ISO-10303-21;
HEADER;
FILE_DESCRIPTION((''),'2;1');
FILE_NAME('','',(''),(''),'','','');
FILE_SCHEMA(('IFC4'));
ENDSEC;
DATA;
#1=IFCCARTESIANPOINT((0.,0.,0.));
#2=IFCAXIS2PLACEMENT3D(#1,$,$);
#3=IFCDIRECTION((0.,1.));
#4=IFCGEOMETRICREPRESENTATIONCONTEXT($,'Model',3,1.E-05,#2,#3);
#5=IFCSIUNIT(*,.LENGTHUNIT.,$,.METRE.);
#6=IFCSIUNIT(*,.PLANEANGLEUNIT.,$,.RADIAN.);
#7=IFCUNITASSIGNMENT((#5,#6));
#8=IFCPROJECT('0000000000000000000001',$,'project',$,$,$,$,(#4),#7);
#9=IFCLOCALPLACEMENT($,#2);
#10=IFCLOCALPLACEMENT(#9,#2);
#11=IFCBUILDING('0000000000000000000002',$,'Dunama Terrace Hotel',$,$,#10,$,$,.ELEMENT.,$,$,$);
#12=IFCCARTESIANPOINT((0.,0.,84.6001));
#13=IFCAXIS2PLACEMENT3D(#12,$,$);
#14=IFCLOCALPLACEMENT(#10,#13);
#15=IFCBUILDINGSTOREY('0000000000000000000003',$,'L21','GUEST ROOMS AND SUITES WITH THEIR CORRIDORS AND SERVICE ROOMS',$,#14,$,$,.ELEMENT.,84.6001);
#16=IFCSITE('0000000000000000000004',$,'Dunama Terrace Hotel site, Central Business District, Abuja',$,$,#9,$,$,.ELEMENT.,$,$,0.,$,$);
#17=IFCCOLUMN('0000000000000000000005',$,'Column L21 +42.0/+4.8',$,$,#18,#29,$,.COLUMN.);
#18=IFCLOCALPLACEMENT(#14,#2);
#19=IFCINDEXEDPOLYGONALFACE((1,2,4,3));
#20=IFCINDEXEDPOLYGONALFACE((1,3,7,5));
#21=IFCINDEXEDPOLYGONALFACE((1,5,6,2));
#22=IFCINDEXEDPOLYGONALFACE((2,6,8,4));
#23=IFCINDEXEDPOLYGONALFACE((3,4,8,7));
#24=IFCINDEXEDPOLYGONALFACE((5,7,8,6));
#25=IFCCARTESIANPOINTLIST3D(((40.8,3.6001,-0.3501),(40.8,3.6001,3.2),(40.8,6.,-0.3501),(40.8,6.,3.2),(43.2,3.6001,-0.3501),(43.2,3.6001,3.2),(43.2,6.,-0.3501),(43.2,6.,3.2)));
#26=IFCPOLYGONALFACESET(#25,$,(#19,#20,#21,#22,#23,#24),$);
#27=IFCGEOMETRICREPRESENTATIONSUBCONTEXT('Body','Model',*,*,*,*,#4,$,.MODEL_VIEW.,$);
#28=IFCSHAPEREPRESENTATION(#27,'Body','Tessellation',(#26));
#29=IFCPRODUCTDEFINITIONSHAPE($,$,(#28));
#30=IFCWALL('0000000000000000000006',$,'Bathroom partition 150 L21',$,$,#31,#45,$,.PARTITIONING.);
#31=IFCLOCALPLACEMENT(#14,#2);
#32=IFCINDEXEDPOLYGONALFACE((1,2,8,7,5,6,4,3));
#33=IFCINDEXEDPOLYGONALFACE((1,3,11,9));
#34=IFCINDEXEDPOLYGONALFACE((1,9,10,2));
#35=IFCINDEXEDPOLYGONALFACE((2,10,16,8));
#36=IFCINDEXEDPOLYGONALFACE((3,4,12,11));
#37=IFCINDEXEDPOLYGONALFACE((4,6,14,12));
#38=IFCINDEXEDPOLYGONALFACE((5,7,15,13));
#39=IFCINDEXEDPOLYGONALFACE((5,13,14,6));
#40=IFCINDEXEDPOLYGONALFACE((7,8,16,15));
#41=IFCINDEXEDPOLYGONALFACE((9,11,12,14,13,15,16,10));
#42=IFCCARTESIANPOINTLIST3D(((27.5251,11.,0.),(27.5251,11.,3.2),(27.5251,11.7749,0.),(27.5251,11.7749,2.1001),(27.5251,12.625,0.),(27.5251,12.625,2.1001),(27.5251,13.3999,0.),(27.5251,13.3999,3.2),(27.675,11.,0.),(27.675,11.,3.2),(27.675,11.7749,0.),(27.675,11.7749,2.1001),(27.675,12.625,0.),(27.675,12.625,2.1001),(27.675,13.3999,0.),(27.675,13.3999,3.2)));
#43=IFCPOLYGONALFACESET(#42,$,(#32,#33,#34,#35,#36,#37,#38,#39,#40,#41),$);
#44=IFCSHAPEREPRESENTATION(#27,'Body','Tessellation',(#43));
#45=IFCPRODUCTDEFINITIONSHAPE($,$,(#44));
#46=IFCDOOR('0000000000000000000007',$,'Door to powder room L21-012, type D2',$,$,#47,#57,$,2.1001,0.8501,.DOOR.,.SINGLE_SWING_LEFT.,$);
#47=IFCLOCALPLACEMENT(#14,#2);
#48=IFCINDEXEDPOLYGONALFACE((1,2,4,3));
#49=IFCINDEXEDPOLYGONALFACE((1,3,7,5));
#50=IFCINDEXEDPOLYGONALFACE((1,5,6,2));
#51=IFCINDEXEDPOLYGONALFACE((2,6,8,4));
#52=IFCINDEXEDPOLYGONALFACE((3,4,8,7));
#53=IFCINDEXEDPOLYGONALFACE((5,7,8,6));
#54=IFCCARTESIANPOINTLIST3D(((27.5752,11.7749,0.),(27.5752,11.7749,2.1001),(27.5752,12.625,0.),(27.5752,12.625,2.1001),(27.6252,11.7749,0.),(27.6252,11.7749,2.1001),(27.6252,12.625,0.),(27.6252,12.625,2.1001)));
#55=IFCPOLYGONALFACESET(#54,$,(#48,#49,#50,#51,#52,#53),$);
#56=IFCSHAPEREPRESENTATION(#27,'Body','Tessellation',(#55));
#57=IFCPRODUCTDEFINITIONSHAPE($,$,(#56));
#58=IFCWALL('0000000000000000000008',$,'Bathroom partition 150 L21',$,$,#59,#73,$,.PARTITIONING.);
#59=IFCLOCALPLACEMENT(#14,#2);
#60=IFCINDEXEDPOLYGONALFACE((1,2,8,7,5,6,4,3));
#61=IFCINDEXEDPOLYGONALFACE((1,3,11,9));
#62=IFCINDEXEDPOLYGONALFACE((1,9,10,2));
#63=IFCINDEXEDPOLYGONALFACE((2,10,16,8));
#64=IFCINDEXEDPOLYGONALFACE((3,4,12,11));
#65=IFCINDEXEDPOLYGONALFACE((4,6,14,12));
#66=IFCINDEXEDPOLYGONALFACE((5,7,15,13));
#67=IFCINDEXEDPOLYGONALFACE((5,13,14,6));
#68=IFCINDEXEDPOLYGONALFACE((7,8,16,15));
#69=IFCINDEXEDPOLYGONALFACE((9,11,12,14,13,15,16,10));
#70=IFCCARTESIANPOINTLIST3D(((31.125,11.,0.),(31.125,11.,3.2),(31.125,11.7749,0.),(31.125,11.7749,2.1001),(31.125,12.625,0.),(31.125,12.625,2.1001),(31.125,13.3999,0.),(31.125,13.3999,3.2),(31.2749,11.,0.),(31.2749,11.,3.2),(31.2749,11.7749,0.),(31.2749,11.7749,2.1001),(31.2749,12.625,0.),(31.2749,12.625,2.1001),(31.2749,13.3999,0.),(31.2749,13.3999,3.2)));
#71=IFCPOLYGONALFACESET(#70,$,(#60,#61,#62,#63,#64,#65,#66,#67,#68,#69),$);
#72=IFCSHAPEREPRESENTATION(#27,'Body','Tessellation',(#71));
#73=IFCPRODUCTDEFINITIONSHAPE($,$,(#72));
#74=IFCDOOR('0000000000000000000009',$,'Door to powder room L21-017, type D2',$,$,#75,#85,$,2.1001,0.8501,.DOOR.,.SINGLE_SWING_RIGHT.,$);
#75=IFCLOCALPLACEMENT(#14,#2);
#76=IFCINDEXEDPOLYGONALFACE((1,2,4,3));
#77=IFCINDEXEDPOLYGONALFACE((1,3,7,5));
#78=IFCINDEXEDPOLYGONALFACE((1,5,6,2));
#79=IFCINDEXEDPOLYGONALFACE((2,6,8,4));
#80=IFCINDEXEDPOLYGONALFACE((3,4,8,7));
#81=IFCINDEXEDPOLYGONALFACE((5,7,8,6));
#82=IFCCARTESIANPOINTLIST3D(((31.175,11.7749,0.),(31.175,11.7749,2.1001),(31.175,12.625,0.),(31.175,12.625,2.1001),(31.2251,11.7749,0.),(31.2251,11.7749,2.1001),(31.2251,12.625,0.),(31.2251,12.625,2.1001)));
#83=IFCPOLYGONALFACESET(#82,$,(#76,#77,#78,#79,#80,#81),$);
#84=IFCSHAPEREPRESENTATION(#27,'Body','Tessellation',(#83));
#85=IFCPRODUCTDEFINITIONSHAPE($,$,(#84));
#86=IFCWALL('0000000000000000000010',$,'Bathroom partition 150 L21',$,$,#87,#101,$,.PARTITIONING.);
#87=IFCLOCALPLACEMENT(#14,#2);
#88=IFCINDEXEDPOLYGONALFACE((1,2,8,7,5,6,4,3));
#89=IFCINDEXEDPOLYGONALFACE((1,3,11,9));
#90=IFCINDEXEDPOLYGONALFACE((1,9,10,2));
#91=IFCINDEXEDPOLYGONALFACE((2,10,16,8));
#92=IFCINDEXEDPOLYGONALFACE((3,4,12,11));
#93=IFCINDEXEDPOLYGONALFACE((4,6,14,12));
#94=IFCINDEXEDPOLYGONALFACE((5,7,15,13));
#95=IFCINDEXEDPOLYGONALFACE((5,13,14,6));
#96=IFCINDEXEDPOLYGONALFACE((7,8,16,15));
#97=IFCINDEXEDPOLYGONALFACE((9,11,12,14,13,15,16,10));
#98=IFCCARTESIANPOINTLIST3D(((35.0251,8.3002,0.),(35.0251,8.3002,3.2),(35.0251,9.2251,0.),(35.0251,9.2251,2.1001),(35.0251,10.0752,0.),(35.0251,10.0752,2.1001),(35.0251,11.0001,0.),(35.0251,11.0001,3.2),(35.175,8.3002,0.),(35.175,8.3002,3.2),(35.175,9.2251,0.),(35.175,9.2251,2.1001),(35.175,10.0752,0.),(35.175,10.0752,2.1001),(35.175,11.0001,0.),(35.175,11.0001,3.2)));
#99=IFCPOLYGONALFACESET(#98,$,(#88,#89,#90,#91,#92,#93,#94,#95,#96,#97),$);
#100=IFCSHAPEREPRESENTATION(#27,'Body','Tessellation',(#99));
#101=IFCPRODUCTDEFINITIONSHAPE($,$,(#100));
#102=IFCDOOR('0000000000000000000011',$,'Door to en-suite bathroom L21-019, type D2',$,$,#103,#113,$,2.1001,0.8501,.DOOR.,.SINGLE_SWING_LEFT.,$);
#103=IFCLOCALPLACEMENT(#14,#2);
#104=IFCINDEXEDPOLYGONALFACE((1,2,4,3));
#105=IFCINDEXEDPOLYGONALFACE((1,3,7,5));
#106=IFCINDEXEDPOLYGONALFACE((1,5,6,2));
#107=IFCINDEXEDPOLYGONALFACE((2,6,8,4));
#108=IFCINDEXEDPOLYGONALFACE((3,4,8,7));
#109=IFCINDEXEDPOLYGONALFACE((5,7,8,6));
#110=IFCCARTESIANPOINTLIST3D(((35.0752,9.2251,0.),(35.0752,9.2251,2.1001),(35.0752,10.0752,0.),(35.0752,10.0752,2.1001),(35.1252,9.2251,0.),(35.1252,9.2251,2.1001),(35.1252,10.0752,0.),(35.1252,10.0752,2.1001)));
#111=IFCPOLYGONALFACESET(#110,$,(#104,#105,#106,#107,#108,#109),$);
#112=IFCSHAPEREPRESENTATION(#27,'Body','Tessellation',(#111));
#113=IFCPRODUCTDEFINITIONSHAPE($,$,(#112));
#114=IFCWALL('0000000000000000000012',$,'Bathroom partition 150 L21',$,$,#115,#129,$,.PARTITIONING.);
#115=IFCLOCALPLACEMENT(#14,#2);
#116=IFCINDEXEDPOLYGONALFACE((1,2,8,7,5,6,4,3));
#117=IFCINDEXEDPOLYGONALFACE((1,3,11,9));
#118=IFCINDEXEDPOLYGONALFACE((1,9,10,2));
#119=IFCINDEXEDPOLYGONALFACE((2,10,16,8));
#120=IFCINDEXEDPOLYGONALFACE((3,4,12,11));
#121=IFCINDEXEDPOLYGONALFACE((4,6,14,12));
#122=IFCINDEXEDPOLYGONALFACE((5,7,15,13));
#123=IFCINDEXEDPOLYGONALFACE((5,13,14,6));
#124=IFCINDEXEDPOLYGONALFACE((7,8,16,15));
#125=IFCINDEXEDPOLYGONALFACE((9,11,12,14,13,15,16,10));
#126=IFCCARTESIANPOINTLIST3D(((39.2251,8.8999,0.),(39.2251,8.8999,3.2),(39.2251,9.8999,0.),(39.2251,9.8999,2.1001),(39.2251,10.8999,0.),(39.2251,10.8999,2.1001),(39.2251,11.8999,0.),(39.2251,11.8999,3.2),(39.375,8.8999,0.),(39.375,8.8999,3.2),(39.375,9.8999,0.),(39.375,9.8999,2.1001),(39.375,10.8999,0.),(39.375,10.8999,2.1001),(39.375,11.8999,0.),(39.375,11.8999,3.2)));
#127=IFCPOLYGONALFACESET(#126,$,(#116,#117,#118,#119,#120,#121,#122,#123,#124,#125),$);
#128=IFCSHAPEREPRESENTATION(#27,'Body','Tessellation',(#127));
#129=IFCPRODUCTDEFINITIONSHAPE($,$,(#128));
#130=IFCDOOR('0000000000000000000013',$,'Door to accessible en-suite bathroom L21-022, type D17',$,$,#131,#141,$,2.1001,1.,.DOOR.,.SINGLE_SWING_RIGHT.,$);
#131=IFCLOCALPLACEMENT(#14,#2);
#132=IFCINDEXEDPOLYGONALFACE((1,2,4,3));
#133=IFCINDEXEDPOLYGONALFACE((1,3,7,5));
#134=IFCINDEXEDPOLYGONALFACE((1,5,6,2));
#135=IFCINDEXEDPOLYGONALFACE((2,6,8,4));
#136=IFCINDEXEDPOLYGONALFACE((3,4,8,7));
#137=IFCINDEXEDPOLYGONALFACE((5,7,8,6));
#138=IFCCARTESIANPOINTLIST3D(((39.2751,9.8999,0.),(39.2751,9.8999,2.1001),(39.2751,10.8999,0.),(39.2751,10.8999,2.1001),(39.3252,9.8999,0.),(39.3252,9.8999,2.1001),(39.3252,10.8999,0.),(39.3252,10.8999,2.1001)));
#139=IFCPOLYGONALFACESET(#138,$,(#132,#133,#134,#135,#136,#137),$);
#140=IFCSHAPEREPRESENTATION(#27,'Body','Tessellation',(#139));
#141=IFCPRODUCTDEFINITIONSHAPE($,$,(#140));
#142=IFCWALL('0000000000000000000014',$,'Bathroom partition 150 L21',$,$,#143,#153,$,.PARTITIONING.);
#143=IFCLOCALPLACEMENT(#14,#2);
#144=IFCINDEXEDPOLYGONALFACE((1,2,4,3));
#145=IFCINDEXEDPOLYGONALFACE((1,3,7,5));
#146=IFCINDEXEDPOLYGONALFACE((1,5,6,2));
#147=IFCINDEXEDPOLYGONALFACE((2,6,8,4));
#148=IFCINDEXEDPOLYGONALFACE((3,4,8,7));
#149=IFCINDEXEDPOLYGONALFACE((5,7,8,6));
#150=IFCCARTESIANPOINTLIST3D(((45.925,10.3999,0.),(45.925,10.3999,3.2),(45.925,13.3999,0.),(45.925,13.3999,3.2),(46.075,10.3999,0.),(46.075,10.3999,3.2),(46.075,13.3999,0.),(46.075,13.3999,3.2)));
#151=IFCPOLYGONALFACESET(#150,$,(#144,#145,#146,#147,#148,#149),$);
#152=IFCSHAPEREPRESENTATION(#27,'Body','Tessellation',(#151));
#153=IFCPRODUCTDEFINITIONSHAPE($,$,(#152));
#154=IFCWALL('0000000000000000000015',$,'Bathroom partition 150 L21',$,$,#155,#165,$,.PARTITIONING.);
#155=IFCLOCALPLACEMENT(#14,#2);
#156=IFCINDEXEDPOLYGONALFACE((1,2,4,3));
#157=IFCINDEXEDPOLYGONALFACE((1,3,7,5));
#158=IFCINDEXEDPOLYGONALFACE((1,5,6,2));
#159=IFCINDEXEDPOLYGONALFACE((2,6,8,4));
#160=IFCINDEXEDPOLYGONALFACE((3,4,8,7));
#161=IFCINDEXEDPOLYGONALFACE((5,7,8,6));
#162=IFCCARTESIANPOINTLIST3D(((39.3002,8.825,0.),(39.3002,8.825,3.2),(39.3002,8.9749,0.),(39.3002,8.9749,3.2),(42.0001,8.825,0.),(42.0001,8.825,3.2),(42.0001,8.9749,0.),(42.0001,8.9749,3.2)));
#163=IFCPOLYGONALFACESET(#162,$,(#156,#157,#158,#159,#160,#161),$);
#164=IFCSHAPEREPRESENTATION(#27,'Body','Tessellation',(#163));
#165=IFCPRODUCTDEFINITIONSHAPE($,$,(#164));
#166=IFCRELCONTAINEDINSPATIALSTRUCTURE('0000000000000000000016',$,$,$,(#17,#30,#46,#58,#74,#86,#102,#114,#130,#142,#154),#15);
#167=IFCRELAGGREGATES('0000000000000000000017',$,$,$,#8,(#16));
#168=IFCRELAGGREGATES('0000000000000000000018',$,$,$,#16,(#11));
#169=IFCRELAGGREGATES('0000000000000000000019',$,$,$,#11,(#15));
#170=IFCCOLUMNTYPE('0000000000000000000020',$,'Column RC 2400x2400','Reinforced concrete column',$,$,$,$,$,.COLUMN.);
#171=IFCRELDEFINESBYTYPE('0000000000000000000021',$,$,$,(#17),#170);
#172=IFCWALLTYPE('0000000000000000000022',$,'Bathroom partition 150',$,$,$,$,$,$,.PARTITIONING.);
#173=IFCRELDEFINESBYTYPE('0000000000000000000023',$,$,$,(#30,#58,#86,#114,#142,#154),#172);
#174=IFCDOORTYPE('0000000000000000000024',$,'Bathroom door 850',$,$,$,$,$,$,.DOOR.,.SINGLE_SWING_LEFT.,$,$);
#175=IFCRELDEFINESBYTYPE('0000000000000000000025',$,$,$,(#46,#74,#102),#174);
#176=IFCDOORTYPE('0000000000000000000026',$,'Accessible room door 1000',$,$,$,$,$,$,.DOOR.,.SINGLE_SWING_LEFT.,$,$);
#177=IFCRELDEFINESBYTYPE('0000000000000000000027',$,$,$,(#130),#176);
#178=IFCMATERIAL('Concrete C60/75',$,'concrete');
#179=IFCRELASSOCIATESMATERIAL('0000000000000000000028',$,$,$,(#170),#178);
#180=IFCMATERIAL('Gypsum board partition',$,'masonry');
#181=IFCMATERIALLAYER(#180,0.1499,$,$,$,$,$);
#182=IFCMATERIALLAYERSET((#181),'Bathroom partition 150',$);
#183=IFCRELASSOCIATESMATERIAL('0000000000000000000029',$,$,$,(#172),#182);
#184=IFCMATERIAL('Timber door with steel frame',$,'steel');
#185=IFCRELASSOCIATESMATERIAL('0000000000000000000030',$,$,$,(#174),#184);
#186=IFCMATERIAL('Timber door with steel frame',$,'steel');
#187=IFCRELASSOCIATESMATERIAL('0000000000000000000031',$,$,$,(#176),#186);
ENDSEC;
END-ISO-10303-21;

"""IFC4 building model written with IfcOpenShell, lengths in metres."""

from ifc_helpers import new_model, si_unit, direction, frame, frame_2d, origin, origin_2d, place, context, subcontext, project, spatial, rectangle, extrude, material, layer, layer_set, material_profile, profile_set, type_object, element, fill, save


model = new_model("IFC4")

# Units and contexts
model_context = context("Model", 3, precision=1e-05, world=origin(), true_north=direction((0.0, 1.0)))
body_context = subcontext(model_context, "Body", "Model", "MODEL_VIEW")
ifc_project = project(units=[si_unit("LENGTHUNIT", "METRE"), si_unit("PLANEANGLEUNIT", "RADIAN")], contexts=[model_context])

# Site, building, storey
site_placement = place(None, origin())
site = spatial("IfcSite", under=ifc_project, at=site_placement, Name="Dunama Terrace Hotel site, Central Business District, Abuja", CompositionType="ELEMENT", RefElevation=0.0)
building_placement = place(site_placement, origin())
building = spatial("IfcBuilding", under=site, at=building_placement, Name="Dunama Terrace Hotel", CompositionType="ELEMENT")
storey_placement = place(building_placement, frame((0.0, 0.0, 84.6001)))
storey = spatial("IfcBuildingStorey", under=building, at=storey_placement, Name="L21", Description="GUEST ROOMS AND SUITES WITH THEIR CORRIDORS AND SERVICE ROOMS", CompositionType="ELEMENT", Elevation=84.6001)

# Column
ifc_material_1 = material(Name="Concrete C60/75", Category="concrete")
ifc_material_profile = material_profile(ifc_material_1, rectangle(XDim=2.3999, YDim=2.3999, at=origin_2d()), Name="RC 2400x2400")
ifc_profile_set = profile_set([ifc_material_profile], Name="Concrete C60/75")
column_type = type_object("IfcColumnType", Name="Column RC 2400x2400", Description="Reinforced concrete column", PredefinedType="COLUMN", material=ifc_profile_set)
column_placement = place(storey_placement, frame((42.0, 4.8, -0.3501), z_axis=(0.0, 0.0, 1.0), x_axis=(1.0, 0.0, 0.0)))
element("IfcColumn", 1, at=column_placement, inside=storey, type_object=column_type, Name="Column L21 +42.0/+4.8", PredefinedType="COLUMN", context=body_context, shape_type="SweptSolid", body=[
    extrude(rectangle(XDim=2.3999, YDim=2.3999, at=origin_2d()), origin(), (0.0, 0.0, 1.0), 3.55),
])

# Walls, openings, doors
ifc_material_2 = material(Name="Gypsum board partition", Category="masonry")
ifc_layer_1 = layer(ifc_material_2, 0.1499)
ifc_layer_set_1 = layer_set([ifc_layer_1], Name="Bathroom partition 150")
wall_type_1 = type_object("IfcWallType", Name="Bathroom partition 150", PredefinedType="PARTITIONING", material=ifc_layer_set_1)
wall_1_placement = place(storey_placement, frame((27.6001, 11.0, 0.0), z_axis=(0.0, 0.0, 1.0), x_axis=(0.0, 1.0, 0.0)))
wall_1 = element("IfcWall", 2, at=wall_1_placement, inside=storey, type_object=wall_type_1, Name="Bathroom partition 150 L21", PredefinedType="PARTITIONING", context=body_context, shape_type="SweptSolid", body=[
    extrude(rectangle(XDim=2.3999, YDim=0.1499, at=frame_2d((1.2, 0.0))), origin(), (0.0, 0.0, 1.0), 3.2),
])
opening_1_placement = place(wall_1_placement, frame((0.7749, 0.0, 0.0)))
opening_1 = element("IfcOpeningElement", 3, at=opening_1_placement, cuts=wall_1, PredefinedType="OPENING", context=body_context, shape_type="SweptSolid", body=[
    extrude(rectangle(XDim=0.8501, YDim=2.1001, at=frame_2d((0.425, 1.05))), frame((0.0, 0.085, 0.0), z_axis=(0.0, -1.0, 0.0), x_axis=(1.0, 0.0, 0.0)), (0.0, 0.0, 1.0), 0.1699),
])
ifc_material_3 = material(Name="Timber door with steel frame", Category="steel")
door_type_1 = type_object("IfcDoorType", Name="Bathroom door 850", OperationType="SINGLE_SWING_LEFT", PredefinedType="DOOR", material=ifc_material_3)
door_1_placement = place(opening_1_placement, frame((0.8501, 0.0, 0.0), z_axis=(0.0, 0.0, 1.0), x_axis=(-1.0, 0.0, 0.0)))
door_1 = element("IfcDoor", 4, at=door_1_placement, inside=storey, type_object=door_type_1, Name="Door to powder room L21-012, type D2", OperationType="SINGLE_SWING_LEFT", OverallHeight=2.1001, OverallWidth=0.8501, PredefinedType="DOOR", context=body_context, shape_type="SweptSolid", body=[
    extrude(rectangle(XDim=0.8501, YDim=2.1001, at=frame_2d((0.425, 1.05))), frame((0.0, 0.0251, 0.0), z_axis=(0.0, -1.0, 0.0), x_axis=(1.0, 0.0, 0.0)), (0.0, 0.0, 1.0), 0.05),
])
fill(opening_1, door_1)
wall_2_placement = place(storey_placement, frame((31.2, 11.0, 0.0), z_axis=(0.0, 0.0, 1.0), x_axis=(0.0, 1.0, 0.0)))
wall_2 = element("IfcWall", 5, at=wall_2_placement, inside=storey, type_object=wall_type_1, Name="Bathroom partition 150 L21", PredefinedType="PARTITIONING", context=body_context, shape_type="SweptSolid", body=[
    extrude(rectangle(XDim=2.3999, YDim=0.1499, at=frame_2d((1.2, 0.0))), origin(), (0.0, 0.0, 1.0), 3.2),
])
opening_2_placement = place(wall_2_placement, frame((0.7749, 0.0, 0.0)))
opening_2 = element("IfcOpeningElement", 6, at=opening_2_placement, cuts=wall_2, PredefinedType="OPENING", context=body_context, shape_type="SweptSolid", body=[
    extrude(rectangle(XDim=0.8501, YDim=2.1001, at=frame_2d((0.425, 1.05))), frame((0.0, 0.085, 0.0), z_axis=(0.0, -1.0, 0.0), x_axis=(1.0, 0.0, 0.0)), (0.0, 0.0, 1.0), 0.1699),
])
door_2_placement = place(opening_2_placement, origin())
door_2 = element("IfcDoor", 7, at=door_2_placement, inside=storey, type_object=door_type_1, Name="Door to powder room L21-017, type D2", OperationType="SINGLE_SWING_RIGHT", OverallHeight=2.1001, OverallWidth=0.8501, PredefinedType="DOOR", context=body_context, shape_type="SweptSolid", body=[
    extrude(rectangle(XDim=0.8501, YDim=2.1001, at=frame_2d((0.425, 1.05))), frame((0.0, 0.0249, 0.0), z_axis=(0.0, -1.0, 0.0), x_axis=(1.0, 0.0, 0.0)), (0.0, 0.0, 1.0), 0.05),
])
fill(opening_2, door_2)
wall_3_placement = place(storey_placement, frame((35.1001, 8.3, 0.0), z_axis=(0.0, 0.0, 1.0), x_axis=(0.0, 1.0, 0.0)))
wall_3 = element("IfcWall", 8, at=wall_3_placement, inside=storey, type_object=wall_type_1, Name="Bathroom partition 150 L21", PredefinedType="PARTITIONING", context=body_context, shape_type="SweptSolid", body=[
    extrude(rectangle(XDim=2.7, YDim=0.1499, at=frame_2d((1.3501, 0.0))), origin(), (0.0, 0.0, 1.0), 3.2),
])
opening_3_placement = place(wall_3_placement, frame((0.925, 0.0, 0.0)))
opening_3 = element("IfcOpeningElement", 9, at=opening_3_placement, cuts=wall_3, PredefinedType="OPENING", context=body_context, shape_type="SweptSolid", body=[
    extrude(rectangle(XDim=0.8501, YDim=2.1001, at=frame_2d((0.425, 1.05))), frame((0.0, 0.085, 0.0), z_axis=(0.0, -1.0, 0.0), x_axis=(1.0, 0.0, 0.0)), (0.0, 0.0, 1.0), 0.1699),
])
door_3_placement = place(opening_3_placement, frame((0.8501, 0.0, 0.0), z_axis=(0.0, 0.0, 1.0), x_axis=(-1.0, 0.0, 0.0)))
door_3 = element("IfcDoor", 10, at=door_3_placement, inside=storey, type_object=door_type_1, Name="Door to en-suite bathroom L21-019, type D2", OperationType="SINGLE_SWING_LEFT", OverallHeight=2.1001, OverallWidth=0.8501, PredefinedType="DOOR", context=body_context, shape_type="SweptSolid", body=[
    extrude(rectangle(XDim=0.8501, YDim=2.1001, at=frame_2d((0.425, 1.05))), frame((0.0, 0.0251, 0.0), z_axis=(0.0, -1.0, 0.0), x_axis=(1.0, 0.0, 0.0)), (0.0, 0.0, 1.0), 0.05),
])
fill(opening_3, door_3)
wall_4_placement = place(storey_placement, frame((39.3, 8.8999, 0.0), z_axis=(0.0, 0.0, 1.0), x_axis=(0.0, 1.0, 0.0)))
wall_4 = element("IfcWall", 11, at=wall_4_placement, inside=storey, type_object=wall_type_1, Name="Bathroom partition 150 L21", PredefinedType="PARTITIONING", context=body_context, shape_type="SweptSolid", body=[
    extrude(rectangle(XDim=3.0, YDim=0.1499, at=frame_2d((1.5, 0.0))), origin(), (0.0, 0.0, 1.0), 3.2),
])
opening_4_placement = place(wall_4_placement, frame((1.0, 0.0, 0.0)))
opening_4 = element("IfcOpeningElement", 12, at=opening_4_placement, cuts=wall_4, PredefinedType="OPENING", context=body_context, shape_type="SweptSolid", body=[
    extrude(rectangle(XDim=1.0, YDim=2.1001, at=frame_2d((0.5, 1.05))), frame((0.0, 0.085, 0.0), z_axis=(0.0, -1.0, 0.0), x_axis=(1.0, 0.0, 0.0)), (0.0, 0.0, 1.0), 0.1699),
])
ifc_material_4 = material(Name="Timber door with steel frame", Category="steel")
door_type_2 = type_object("IfcDoorType", Name="Accessible room door 1000", OperationType="SINGLE_SWING_LEFT", PredefinedType="DOOR", material=ifc_material_4)
door_4_placement = place(opening_4_placement, frame((1.0, 0.0, 0.0), z_axis=(0.0, 0.0, 1.0), x_axis=(-1.0, 0.0, 0.0)))
door_4 = element("IfcDoor", 13, at=door_4_placement, inside=storey, type_object=door_type_2, Name="Door to accessible en-suite bathroom L21-022, type D17", OperationType="SINGLE_SWING_RIGHT", OverallHeight=2.1001, OverallWidth=1.0, PredefinedType="DOOR", context=body_context, shape_type="SweptSolid", body=[
    extrude(rectangle(XDim=1.0, YDim=2.1001, at=frame_2d((0.5, 1.05))), frame((0.0, 0.0251, 0.0), z_axis=(0.0, -1.0, 0.0), x_axis=(1.0, 0.0, 0.0)), (0.0, 0.0, 1.0), 0.05),
])
fill(opening_4, door_4)

# Walls
wall_5_placement = place(storey_placement, frame((46.0, 10.3999, 0.0), z_axis=(0.0, 0.0, 1.0), x_axis=(0.0, 1.0, 0.0)))
element("IfcWall", 14, at=wall_5_placement, inside=storey, type_object=wall_type_1, Name="Bathroom partition 150 L21", PredefinedType="PARTITIONING", context=body_context, shape_type="SweptSolid", body=[
    extrude(rectangle(XDim=3.0, YDim=0.1499, at=frame_2d((1.5, 0.0))), origin(), (0.0, 0.0, 1.0), 3.2),
])
wall_6_placement = place(storey_placement, frame((39.3, 8.8999, 0.0), z_axis=(0.0, 0.0, 1.0), x_axis=(1.0, 0.0, 0.0)))
element("IfcWall", 15, at=wall_6_placement, inside=storey, type_object=wall_type_1, Name="Bathroom partition 150 L21", PredefinedType="PARTITIONING", context=body_context, shape_type="SweptSolid", body=[
    extrude(rectangle(XDim=2.7, YDim=0.1499, at=frame_2d((1.3501, 0.0))), origin(), (0.0, 0.0, 1.0), 3.2),
])

save(model, "model.ifc")
